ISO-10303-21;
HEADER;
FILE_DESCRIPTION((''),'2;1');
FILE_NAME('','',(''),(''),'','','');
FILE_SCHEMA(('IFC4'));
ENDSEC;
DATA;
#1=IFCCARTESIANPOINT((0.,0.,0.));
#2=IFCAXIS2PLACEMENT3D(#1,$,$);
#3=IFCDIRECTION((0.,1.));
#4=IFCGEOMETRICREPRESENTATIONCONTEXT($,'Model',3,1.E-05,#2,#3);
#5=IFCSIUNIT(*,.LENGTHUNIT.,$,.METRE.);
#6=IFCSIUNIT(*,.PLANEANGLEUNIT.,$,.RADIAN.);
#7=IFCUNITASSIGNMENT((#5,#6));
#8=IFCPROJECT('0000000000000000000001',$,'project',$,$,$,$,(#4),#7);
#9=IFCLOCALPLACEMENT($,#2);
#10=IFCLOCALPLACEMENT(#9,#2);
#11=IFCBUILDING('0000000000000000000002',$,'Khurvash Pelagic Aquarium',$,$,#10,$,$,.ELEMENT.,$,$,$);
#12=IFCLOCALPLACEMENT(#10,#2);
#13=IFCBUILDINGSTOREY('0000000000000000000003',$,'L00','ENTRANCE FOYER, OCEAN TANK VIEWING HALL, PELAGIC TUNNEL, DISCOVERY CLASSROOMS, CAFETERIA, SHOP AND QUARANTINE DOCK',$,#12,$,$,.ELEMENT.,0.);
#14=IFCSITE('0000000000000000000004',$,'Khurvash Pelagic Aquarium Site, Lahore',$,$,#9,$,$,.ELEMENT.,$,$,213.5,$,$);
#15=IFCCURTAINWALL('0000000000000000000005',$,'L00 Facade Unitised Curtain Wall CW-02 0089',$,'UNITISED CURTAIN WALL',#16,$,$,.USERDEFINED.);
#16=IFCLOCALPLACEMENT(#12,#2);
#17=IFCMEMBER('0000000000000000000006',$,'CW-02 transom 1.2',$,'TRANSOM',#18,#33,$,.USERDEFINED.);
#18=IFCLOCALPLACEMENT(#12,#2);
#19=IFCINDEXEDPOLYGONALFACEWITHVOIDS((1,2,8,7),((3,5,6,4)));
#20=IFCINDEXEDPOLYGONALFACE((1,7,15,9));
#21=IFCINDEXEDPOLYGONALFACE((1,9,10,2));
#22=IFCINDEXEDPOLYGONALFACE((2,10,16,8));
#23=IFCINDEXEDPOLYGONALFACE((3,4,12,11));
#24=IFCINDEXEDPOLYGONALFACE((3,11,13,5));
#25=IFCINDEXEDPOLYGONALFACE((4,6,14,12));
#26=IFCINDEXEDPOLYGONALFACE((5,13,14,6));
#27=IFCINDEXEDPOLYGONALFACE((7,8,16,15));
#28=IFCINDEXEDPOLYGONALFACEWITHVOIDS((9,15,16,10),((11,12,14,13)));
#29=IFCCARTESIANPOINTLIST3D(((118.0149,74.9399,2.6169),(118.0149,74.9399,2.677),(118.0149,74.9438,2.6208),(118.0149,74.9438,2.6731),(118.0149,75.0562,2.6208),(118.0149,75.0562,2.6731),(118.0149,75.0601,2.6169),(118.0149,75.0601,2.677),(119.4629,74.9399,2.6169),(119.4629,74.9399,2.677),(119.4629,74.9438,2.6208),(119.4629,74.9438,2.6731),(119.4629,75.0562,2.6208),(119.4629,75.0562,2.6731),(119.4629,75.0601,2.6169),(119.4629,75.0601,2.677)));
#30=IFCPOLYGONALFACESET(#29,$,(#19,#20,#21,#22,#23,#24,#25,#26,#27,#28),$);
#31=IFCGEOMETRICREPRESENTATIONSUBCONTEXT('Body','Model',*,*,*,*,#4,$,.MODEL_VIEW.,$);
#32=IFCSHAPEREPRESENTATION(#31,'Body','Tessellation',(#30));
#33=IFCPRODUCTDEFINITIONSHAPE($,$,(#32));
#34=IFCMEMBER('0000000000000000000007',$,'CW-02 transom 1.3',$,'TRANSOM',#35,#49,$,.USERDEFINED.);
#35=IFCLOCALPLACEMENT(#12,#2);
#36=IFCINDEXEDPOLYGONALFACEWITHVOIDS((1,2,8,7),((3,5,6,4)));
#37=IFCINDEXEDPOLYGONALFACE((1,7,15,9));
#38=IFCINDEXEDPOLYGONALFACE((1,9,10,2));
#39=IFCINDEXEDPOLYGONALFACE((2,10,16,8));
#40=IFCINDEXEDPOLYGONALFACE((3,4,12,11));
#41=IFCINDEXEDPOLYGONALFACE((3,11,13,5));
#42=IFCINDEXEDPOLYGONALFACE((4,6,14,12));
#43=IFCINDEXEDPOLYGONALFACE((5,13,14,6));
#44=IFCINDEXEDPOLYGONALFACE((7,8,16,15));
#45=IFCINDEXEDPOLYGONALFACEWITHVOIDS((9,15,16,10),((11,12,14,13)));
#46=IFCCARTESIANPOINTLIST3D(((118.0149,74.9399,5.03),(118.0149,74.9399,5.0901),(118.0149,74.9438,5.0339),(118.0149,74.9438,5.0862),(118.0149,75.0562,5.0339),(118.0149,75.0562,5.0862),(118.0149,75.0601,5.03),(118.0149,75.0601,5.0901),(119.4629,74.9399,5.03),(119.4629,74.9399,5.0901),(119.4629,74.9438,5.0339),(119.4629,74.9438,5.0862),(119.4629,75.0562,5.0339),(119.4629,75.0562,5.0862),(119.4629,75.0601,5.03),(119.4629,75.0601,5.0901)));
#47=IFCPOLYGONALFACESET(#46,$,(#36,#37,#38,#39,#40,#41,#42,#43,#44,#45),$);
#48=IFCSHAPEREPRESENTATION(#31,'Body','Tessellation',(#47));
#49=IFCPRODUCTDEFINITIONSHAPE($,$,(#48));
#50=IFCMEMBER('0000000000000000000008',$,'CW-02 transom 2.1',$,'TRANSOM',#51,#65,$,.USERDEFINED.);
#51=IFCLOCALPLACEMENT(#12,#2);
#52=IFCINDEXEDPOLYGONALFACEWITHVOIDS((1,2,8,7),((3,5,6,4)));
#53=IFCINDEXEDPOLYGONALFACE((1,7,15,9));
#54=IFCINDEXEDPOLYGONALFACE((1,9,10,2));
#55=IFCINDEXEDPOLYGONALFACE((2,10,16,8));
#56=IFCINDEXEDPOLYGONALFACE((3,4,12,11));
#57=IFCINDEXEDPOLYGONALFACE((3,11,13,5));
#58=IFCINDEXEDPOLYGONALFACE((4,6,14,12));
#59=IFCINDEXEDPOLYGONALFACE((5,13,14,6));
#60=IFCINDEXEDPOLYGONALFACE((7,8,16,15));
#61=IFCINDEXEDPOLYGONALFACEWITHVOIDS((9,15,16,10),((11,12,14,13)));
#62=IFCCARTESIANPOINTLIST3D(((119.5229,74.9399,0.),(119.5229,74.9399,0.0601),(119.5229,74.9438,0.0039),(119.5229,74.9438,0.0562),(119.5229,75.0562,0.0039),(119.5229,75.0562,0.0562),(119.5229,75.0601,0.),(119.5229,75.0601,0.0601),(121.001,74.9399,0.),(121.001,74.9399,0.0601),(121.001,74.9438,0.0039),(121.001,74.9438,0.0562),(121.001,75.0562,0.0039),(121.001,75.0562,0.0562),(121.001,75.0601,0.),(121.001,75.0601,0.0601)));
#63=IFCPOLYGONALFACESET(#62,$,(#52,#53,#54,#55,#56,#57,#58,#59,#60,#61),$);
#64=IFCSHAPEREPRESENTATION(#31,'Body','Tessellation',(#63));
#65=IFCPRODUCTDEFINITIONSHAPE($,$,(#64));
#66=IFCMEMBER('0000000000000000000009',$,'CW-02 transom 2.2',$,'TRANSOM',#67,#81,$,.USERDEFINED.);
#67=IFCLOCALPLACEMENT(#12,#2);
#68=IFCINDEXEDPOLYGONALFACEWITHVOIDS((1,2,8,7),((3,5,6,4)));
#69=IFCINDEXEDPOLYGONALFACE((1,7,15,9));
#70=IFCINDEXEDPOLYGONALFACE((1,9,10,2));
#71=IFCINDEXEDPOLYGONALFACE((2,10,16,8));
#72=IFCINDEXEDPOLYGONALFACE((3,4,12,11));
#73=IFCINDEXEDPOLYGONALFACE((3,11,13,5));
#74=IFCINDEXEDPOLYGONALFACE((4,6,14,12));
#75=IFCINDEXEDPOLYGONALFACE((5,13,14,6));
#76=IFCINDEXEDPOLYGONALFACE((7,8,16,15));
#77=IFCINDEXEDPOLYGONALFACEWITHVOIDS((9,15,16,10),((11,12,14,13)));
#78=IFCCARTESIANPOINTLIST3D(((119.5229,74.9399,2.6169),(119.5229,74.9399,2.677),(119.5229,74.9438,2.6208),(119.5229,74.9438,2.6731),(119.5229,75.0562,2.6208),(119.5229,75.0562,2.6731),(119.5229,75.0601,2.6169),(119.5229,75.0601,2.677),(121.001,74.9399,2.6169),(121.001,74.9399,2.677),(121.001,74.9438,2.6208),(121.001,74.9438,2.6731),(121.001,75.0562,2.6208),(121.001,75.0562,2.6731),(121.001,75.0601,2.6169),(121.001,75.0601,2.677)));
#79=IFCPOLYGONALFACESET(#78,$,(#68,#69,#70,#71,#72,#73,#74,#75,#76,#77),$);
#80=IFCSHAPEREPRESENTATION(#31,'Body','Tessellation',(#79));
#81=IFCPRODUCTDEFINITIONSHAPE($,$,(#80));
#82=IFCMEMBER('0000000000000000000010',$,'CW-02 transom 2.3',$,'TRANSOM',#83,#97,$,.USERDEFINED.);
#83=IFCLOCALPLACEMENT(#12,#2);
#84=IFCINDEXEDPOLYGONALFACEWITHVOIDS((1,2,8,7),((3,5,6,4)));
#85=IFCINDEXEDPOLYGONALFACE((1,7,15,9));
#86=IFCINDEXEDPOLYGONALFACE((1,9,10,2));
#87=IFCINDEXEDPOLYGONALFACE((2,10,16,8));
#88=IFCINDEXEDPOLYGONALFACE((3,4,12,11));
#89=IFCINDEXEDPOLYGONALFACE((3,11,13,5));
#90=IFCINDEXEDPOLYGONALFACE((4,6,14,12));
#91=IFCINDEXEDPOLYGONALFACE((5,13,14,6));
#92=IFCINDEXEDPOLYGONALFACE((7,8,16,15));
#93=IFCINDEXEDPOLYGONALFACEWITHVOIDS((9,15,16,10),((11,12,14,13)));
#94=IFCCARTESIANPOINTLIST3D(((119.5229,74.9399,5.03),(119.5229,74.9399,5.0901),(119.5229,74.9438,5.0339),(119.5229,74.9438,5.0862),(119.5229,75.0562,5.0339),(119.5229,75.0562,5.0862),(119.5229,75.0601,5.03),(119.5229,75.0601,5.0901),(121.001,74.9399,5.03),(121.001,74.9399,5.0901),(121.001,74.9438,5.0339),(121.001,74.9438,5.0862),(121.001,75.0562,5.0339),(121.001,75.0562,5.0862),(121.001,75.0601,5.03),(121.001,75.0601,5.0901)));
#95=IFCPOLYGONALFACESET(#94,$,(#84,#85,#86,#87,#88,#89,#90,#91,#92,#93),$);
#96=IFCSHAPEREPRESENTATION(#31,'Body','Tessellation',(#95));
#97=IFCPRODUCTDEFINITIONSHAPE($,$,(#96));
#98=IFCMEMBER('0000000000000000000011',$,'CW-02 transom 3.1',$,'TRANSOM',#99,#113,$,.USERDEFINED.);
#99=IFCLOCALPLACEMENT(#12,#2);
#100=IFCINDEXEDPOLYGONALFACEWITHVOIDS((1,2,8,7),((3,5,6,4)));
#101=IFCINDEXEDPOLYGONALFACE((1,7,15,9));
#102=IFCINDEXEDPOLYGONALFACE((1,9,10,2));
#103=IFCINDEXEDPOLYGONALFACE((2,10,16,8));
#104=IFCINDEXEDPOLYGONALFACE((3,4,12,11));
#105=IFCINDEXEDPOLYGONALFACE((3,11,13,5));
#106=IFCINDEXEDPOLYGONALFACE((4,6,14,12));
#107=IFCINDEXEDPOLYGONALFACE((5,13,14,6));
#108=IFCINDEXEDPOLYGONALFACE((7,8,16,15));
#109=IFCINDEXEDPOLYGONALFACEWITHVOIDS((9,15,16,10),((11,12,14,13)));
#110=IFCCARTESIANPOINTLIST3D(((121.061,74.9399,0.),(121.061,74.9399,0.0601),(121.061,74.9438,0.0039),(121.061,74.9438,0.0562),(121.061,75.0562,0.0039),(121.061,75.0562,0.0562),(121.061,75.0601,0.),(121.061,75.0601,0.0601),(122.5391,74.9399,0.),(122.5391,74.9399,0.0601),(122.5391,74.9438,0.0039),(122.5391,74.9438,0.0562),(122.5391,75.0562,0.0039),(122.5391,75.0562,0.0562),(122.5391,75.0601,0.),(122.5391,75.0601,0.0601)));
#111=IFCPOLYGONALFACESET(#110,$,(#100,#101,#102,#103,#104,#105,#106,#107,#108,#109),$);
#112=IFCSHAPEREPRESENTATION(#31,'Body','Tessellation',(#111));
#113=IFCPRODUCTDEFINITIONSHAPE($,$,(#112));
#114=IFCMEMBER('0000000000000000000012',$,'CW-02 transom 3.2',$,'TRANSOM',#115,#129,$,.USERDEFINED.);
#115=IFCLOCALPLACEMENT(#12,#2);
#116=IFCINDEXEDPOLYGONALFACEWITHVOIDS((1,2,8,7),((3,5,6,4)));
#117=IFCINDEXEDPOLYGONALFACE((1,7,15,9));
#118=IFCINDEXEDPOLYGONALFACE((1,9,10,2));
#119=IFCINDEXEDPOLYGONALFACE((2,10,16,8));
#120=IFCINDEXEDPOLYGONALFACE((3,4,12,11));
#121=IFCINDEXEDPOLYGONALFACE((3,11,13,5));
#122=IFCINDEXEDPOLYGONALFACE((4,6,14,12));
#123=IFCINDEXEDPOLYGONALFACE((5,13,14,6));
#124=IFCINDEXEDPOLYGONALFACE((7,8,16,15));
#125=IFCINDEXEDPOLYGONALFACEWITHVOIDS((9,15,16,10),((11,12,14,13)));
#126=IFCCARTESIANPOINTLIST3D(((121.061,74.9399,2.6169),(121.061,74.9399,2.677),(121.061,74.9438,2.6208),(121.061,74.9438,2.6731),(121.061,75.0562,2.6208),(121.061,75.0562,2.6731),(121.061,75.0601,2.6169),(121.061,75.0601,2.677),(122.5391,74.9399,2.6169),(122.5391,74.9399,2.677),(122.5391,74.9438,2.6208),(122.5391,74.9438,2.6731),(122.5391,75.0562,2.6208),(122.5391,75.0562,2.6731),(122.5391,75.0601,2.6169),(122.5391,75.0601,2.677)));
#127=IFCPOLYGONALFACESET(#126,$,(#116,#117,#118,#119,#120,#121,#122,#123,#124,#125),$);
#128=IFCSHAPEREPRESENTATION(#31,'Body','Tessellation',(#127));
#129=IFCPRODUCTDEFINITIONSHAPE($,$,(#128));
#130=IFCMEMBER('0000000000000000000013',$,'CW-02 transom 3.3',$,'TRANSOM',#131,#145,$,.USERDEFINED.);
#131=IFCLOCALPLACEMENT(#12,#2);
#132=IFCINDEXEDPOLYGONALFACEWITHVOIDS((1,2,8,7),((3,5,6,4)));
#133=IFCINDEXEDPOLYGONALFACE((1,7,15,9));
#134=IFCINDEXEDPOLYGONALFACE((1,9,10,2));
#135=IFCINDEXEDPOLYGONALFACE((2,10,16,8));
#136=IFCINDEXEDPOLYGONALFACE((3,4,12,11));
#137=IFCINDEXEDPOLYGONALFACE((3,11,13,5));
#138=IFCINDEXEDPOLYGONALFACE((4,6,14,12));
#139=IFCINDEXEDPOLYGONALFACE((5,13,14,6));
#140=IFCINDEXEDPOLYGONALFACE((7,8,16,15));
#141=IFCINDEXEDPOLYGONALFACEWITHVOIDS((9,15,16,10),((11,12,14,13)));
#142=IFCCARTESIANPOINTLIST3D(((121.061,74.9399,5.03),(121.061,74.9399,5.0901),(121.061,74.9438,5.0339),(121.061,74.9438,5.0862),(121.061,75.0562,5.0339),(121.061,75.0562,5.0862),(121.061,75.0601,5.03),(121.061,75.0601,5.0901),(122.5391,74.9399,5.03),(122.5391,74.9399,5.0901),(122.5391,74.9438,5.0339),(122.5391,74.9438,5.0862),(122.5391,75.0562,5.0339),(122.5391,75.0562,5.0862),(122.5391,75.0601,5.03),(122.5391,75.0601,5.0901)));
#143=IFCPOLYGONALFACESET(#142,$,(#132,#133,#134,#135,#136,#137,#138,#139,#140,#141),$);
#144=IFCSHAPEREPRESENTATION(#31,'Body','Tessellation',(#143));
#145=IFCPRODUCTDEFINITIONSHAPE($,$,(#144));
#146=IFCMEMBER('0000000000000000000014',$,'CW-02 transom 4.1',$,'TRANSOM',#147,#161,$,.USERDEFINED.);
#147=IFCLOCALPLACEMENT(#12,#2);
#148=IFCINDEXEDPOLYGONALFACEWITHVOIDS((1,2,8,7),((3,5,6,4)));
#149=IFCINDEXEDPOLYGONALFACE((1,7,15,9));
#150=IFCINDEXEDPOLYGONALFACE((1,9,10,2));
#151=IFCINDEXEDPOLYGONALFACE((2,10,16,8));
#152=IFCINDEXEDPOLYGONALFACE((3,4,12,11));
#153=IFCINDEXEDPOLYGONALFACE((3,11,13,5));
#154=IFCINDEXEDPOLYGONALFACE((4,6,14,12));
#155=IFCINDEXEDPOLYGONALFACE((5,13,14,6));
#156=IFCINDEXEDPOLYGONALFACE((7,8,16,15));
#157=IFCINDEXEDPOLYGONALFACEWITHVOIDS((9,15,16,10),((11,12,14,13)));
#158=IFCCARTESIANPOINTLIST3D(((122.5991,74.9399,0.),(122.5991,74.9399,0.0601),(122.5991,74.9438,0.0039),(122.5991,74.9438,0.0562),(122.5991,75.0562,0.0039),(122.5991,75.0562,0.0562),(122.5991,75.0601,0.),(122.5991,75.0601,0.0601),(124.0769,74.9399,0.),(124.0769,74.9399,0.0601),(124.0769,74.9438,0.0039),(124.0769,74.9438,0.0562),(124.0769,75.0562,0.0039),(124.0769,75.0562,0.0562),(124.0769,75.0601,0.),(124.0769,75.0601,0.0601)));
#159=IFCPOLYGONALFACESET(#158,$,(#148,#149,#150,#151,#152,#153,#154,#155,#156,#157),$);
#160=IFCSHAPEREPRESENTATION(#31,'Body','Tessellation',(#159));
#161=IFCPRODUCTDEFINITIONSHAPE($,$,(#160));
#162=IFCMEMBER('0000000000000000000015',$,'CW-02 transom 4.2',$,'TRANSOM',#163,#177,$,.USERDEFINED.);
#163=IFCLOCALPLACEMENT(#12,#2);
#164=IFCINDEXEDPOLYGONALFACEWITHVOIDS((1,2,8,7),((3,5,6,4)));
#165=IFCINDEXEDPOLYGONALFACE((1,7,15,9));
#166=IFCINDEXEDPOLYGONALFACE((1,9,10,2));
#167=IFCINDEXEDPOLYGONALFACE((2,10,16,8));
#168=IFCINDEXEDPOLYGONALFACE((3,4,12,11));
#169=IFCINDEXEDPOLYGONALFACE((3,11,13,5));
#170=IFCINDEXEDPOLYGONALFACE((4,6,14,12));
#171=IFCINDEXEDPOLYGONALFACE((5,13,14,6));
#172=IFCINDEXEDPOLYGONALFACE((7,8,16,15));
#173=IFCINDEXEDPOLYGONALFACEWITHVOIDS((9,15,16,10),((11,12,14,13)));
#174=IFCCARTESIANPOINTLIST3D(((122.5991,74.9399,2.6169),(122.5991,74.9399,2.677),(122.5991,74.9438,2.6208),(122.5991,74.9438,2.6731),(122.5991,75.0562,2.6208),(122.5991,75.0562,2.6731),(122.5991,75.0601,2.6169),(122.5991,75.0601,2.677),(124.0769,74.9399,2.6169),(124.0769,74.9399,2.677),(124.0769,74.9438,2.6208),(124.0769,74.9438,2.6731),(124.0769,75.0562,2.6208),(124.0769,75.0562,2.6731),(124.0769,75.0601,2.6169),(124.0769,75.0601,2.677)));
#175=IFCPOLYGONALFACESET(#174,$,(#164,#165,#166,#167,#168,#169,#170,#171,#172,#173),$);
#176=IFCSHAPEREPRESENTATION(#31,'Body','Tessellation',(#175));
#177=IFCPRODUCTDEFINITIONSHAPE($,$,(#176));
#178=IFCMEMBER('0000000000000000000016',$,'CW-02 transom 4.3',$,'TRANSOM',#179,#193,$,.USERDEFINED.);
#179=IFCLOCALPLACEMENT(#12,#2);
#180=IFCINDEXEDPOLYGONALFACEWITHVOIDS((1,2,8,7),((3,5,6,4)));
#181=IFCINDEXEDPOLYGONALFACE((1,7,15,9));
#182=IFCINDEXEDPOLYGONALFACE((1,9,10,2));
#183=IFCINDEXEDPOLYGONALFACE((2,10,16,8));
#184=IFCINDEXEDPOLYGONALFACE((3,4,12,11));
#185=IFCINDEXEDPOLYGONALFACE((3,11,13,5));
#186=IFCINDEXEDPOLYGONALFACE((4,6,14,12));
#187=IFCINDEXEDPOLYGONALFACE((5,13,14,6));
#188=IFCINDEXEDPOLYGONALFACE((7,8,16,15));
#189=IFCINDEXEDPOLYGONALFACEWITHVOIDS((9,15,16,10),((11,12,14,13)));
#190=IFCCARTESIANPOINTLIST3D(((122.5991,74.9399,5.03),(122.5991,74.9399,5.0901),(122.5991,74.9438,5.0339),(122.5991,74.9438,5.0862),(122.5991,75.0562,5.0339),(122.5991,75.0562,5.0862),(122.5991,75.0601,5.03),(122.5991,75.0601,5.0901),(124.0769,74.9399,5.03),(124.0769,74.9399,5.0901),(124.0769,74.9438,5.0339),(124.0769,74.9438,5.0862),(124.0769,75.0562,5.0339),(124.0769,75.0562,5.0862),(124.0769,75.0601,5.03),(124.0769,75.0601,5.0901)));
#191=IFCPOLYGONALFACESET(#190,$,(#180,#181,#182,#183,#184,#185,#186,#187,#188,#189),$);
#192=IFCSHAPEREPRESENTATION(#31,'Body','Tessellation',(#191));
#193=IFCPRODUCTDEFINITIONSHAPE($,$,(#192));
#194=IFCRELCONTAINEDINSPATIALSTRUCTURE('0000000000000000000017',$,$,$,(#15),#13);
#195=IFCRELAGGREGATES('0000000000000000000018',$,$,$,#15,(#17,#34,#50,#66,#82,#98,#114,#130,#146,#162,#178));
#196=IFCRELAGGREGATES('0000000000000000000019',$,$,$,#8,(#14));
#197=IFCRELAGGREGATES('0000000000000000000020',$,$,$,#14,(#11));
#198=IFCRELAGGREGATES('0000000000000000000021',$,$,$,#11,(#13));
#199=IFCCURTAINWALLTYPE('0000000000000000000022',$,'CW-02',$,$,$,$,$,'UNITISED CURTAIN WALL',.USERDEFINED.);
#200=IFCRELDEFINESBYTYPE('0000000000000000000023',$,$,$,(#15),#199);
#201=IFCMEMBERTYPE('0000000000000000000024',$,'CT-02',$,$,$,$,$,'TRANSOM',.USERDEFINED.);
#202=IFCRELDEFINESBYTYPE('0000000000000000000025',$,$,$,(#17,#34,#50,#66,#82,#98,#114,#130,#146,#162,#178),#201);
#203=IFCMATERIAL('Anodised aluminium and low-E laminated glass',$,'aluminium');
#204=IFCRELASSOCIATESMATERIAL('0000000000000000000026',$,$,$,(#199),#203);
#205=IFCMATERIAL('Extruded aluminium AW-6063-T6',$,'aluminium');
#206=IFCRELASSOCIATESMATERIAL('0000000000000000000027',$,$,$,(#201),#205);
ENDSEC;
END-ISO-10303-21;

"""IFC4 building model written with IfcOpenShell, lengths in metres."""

from ifc_helpers import new_model, si_unit, direction, frame, origin, origin_2d, place, context, subcontext, project, spatial, hollow_rectangle, extrude, material, material_profile, profile_set, type_object, element, aggregate, save


model = new_model("IFC4")

# Units and contexts
model_context = context("Model", 3, precision=1e-05, world=origin(), true_north=direction((0.0, 1.0)))
body_context = subcontext(model_context, "Body", "Model", "MODEL_VIEW")
ifc_project = project(units=[si_unit("LENGTHUNIT", "METRE"), si_unit("PLANEANGLEUNIT", "RADIAN")], contexts=[model_context])

# Site, building, storey
site_placement = place(None, origin())
site = spatial("IfcSite", under=ifc_project, at=site_placement, Name="Khurvash Pelagic Aquarium Site, Lahore", CompositionType="ELEMENT", RefElevation=213.5)
building_placement = place(site_placement, origin())
building = spatial("IfcBuilding", under=site, at=building_placement, Name="Khurvash Pelagic Aquarium", CompositionType="ELEMENT")
storey_placement = place(building_placement, origin())
storey = spatial("IfcBuildingStorey", under=building, at=storey_placement, Name="L00", Description="ENTRANCE FOYER, OCEAN TANK VIEWING HALL, PELAGIC TUNNEL, DISCOVERY CLASSROOMS, CAFETERIA, SHOP AND QUARANTINE DOCK", CompositionType="ELEMENT", Elevation=0.0)

# Curtain wall, members
ifc_material_1 = material(Name="Anodised aluminium and low-E laminated glass", Category="aluminium")
curtain_wall_type = type_object("IfcCurtainWallType", Name="CW-02", ElementType="UNITISED CURTAIN WALL", PredefinedType="USERDEFINED", material=ifc_material_1)
curtain_wall_placement = place(storey_placement, origin())
curtain_wall = element("IfcCurtainWall", 1, at=curtain_wall_placement, inside=storey, type_object=curtain_wall_type, Name="L00 Facade Unitised Curtain Wall CW-02 0089", ObjectType="UNITISED CURTAIN WALL", PredefinedType="USERDEFINED")
ifc_material_2 = material(Name="Extruded aluminium AW-6063-T6", Category="aluminium")
ifc_material_profile_1 = material_profile(ifc_material_2, hollow_rectangle(XDim=0.1201, YDim=0.0601, WallThickness=0.0039, at=origin_2d()), Name="CWT120X60X4")
ifc_profile_set_1 = profile_set([ifc_material_profile_1], Name="Extruded aluminium AW-6063-T6")
member_type_1 = type_object("IfcMemberType", Name="CT-02", ElementType="TRANSOM", PredefinedType="USERDEFINED", material=ifc_profile_set_1)
member_1_placement = place(storey_placement, frame((118.0149, 75.0, 2.647), z_axis=(1.0, 0.0, 0.0), x_axis=(0.0, 1.0, 0.0)))
member_1 = element("IfcMember", 2, at=member_1_placement, type_object=member_type_1, Name="CW-02 transom 1.2", ObjectType="TRANSOM", PredefinedType="USERDEFINED", context=body_context, shape_type="SweptSolid", body=[
    extrude(hollow_rectangle(XDim=0.1201, YDim=0.0601, WallThickness=0.0039, at=origin_2d()), origin(), (0.0, 0.0, 1.0), 1.448),
])
member_2_placement = place(storey_placement, frame((118.0149, 75.0, 5.0601), z_axis=(1.0, 0.0, 0.0), x_axis=(0.0, 1.0, 0.0)))
member_2 = element("IfcMember", 3, at=member_2_placement, type_object=member_type_1, Name="CW-02 transom 1.3", ObjectType="TRANSOM", PredefinedType="USERDEFINED", context=body_context, shape_type="SweptSolid", body=[
    extrude(hollow_rectangle(XDim=0.1201, YDim=0.0601, WallThickness=0.0039, at=origin_2d()), origin(), (0.0, 0.0, 1.0), 1.448),
])
member_3_placement = place(storey_placement, frame((119.5229, 75.0, 0.03), z_axis=(1.0, 0.0, 0.0), x_axis=(0.0, 1.0, 0.0)))
member_3 = element("IfcMember", 4, at=member_3_placement, type_object=member_type_1, Name="CW-02 transom 2.1", ObjectType="TRANSOM", PredefinedType="USERDEFINED", context=body_context, shape_type="SweptSolid", body=[
    extrude(hollow_rectangle(XDim=0.1201, YDim=0.0601, WallThickness=0.0039, at=origin_2d()), origin(), (0.0, 0.0, 1.0), 1.478),
])
member_4_placement = place(storey_placement, frame((119.5229, 75.0, 2.647), z_axis=(1.0, 0.0, 0.0), x_axis=(0.0, 1.0, 0.0)))
member_4 = element("IfcMember", 5, at=member_4_placement, type_object=member_type_1, Name="CW-02 transom 2.2", ObjectType="TRANSOM", PredefinedType="USERDEFINED", context=body_context, shape_type="SweptSolid", body=[
    extrude(hollow_rectangle(XDim=0.1201, YDim=0.0601, WallThickness=0.0039, at=origin_2d()), origin(), (0.0, 0.0, 1.0), 1.478),
])
member_5_placement = place(storey_placement, frame((119.5229, 75.0, 5.0601), z_axis=(1.0, 0.0, 0.0), x_axis=(0.0, 1.0, 0.0)))
member_5 = element("IfcMember", 6, at=member_5_placement, type_object=member_type_1, Name="CW-02 transom 2.3", ObjectType="TRANSOM", PredefinedType="USERDEFINED", context=body_context, shape_type="SweptSolid", body=[
    extrude(hollow_rectangle(XDim=0.1201, YDim=0.0601, WallThickness=0.0039, at=origin_2d()), origin(), (0.0, 0.0, 1.0), 1.478),
])
member_6_placement = place(storey_placement, frame((121.061, 75.0, 0.03), z_axis=(1.0, 0.0, 0.0), x_axis=(0.0, 1.0, 0.0)))
member_6 = element("IfcMember", 7, at=member_6_placement, type_object=member_type_1, Name="CW-02 transom 3.1", ObjectType="TRANSOM", PredefinedType="USERDEFINED", context=body_context, shape_type="SweptSolid", body=[
    extrude(hollow_rectangle(XDim=0.1201, YDim=0.0601, WallThickness=0.0039, at=origin_2d()), origin(), (0.0, 0.0, 1.0), 1.478),
])
member_7_placement = place(storey_placement, frame((121.061, 75.0, 2.647), z_axis=(1.0, 0.0, 0.0), x_axis=(0.0, 1.0, 0.0)))
member_7 = element("IfcMember", 8, at=member_7_placement, type_object=member_type_1, Name="CW-02 transom 3.2", ObjectType="TRANSOM", PredefinedType="USERDEFINED", context=body_context, shape_type="SweptSolid", body=[
    extrude(hollow_rectangle(XDim=0.1201, YDim=0.0601, WallThickness=0.0039, at=origin_2d()), origin(), (0.0, 0.0, 1.0), 1.478),
])
member_8_placement = place(storey_placement, frame((121.061, 75.0, 5.0601), z_axis=(1.0, 0.0, 0.0), x_axis=(0.0, 1.0, 0.0)))
member_8 = element("IfcMember", 9, at=member_8_placement, type_object=member_type_1, Name="CW-02 transom 3.3", ObjectType="TRANSOM", PredefinedType="USERDEFINED", context=body_context, shape_type="SweptSolid", body=[
    extrude(hollow_rectangle(XDim=0.1201, YDim=0.0601, WallThickness=0.0039, at=origin_2d()), origin(), (0.0, 0.0, 1.0), 1.478),
])
member_9_placement = place(storey_placement, frame((122.5991, 75.0, 0.03), z_axis=(1.0, 0.0, 0.0), x_axis=(0.0, 1.0, 0.0)))
member_9 = element("IfcMember", 10, at=member_9_placement, type_object=member_type_1, Name="CW-02 transom 4.1", ObjectType="TRANSOM", PredefinedType="USERDEFINED", context=body_context, shape_type="SweptSolid", body=[
    extrude(hollow_rectangle(XDim=0.1201, YDim=0.0601, WallThickness=0.0039, at=origin_2d()), origin(), (0.0, 0.0, 1.0), 1.4778),
])
member_10_placement = place(storey_placement, frame((122.5991, 75.0, 2.647), z_axis=(1.0, 0.0, 0.0), x_axis=(0.0, 1.0, 0.0)))
member_10 = element("IfcMember", 11, at=member_10_placement, type_object=member_type_1, Name="CW-02 transom 4.2", ObjectType="TRANSOM", PredefinedType="USERDEFINED", context=body_context, shape_type="SweptSolid", body=[
    extrude(hollow_rectangle(XDim=0.1201, YDim=0.0601, WallThickness=0.0039, at=origin_2d()), origin(), (0.0, 0.0, 1.0), 1.4778),
])
member_11_placement = place(storey_placement, frame((122.5991, 75.0, 5.0601), z_axis=(1.0, 0.0, 0.0), x_axis=(0.0, 1.0, 0.0)))
member_11 = element("IfcMember", 12, at=member_11_placement, type_object=member_type_1, Name="CW-02 transom 4.3", ObjectType="TRANSOM", PredefinedType="USERDEFINED", context=body_context, shape_type="SweptSolid", body=[
    extrude(hollow_rectangle(XDim=0.1201, YDim=0.0601, WallThickness=0.0039, at=origin_2d()), origin(), (0.0, 0.0, 1.0), 1.4778),
])

aggregate(curtain_wall, [member_1, member_2, member_3, member_4, member_5, member_6, member_7, member_8, member_9, member_10, member_11])

save(model, "model.ifc")
